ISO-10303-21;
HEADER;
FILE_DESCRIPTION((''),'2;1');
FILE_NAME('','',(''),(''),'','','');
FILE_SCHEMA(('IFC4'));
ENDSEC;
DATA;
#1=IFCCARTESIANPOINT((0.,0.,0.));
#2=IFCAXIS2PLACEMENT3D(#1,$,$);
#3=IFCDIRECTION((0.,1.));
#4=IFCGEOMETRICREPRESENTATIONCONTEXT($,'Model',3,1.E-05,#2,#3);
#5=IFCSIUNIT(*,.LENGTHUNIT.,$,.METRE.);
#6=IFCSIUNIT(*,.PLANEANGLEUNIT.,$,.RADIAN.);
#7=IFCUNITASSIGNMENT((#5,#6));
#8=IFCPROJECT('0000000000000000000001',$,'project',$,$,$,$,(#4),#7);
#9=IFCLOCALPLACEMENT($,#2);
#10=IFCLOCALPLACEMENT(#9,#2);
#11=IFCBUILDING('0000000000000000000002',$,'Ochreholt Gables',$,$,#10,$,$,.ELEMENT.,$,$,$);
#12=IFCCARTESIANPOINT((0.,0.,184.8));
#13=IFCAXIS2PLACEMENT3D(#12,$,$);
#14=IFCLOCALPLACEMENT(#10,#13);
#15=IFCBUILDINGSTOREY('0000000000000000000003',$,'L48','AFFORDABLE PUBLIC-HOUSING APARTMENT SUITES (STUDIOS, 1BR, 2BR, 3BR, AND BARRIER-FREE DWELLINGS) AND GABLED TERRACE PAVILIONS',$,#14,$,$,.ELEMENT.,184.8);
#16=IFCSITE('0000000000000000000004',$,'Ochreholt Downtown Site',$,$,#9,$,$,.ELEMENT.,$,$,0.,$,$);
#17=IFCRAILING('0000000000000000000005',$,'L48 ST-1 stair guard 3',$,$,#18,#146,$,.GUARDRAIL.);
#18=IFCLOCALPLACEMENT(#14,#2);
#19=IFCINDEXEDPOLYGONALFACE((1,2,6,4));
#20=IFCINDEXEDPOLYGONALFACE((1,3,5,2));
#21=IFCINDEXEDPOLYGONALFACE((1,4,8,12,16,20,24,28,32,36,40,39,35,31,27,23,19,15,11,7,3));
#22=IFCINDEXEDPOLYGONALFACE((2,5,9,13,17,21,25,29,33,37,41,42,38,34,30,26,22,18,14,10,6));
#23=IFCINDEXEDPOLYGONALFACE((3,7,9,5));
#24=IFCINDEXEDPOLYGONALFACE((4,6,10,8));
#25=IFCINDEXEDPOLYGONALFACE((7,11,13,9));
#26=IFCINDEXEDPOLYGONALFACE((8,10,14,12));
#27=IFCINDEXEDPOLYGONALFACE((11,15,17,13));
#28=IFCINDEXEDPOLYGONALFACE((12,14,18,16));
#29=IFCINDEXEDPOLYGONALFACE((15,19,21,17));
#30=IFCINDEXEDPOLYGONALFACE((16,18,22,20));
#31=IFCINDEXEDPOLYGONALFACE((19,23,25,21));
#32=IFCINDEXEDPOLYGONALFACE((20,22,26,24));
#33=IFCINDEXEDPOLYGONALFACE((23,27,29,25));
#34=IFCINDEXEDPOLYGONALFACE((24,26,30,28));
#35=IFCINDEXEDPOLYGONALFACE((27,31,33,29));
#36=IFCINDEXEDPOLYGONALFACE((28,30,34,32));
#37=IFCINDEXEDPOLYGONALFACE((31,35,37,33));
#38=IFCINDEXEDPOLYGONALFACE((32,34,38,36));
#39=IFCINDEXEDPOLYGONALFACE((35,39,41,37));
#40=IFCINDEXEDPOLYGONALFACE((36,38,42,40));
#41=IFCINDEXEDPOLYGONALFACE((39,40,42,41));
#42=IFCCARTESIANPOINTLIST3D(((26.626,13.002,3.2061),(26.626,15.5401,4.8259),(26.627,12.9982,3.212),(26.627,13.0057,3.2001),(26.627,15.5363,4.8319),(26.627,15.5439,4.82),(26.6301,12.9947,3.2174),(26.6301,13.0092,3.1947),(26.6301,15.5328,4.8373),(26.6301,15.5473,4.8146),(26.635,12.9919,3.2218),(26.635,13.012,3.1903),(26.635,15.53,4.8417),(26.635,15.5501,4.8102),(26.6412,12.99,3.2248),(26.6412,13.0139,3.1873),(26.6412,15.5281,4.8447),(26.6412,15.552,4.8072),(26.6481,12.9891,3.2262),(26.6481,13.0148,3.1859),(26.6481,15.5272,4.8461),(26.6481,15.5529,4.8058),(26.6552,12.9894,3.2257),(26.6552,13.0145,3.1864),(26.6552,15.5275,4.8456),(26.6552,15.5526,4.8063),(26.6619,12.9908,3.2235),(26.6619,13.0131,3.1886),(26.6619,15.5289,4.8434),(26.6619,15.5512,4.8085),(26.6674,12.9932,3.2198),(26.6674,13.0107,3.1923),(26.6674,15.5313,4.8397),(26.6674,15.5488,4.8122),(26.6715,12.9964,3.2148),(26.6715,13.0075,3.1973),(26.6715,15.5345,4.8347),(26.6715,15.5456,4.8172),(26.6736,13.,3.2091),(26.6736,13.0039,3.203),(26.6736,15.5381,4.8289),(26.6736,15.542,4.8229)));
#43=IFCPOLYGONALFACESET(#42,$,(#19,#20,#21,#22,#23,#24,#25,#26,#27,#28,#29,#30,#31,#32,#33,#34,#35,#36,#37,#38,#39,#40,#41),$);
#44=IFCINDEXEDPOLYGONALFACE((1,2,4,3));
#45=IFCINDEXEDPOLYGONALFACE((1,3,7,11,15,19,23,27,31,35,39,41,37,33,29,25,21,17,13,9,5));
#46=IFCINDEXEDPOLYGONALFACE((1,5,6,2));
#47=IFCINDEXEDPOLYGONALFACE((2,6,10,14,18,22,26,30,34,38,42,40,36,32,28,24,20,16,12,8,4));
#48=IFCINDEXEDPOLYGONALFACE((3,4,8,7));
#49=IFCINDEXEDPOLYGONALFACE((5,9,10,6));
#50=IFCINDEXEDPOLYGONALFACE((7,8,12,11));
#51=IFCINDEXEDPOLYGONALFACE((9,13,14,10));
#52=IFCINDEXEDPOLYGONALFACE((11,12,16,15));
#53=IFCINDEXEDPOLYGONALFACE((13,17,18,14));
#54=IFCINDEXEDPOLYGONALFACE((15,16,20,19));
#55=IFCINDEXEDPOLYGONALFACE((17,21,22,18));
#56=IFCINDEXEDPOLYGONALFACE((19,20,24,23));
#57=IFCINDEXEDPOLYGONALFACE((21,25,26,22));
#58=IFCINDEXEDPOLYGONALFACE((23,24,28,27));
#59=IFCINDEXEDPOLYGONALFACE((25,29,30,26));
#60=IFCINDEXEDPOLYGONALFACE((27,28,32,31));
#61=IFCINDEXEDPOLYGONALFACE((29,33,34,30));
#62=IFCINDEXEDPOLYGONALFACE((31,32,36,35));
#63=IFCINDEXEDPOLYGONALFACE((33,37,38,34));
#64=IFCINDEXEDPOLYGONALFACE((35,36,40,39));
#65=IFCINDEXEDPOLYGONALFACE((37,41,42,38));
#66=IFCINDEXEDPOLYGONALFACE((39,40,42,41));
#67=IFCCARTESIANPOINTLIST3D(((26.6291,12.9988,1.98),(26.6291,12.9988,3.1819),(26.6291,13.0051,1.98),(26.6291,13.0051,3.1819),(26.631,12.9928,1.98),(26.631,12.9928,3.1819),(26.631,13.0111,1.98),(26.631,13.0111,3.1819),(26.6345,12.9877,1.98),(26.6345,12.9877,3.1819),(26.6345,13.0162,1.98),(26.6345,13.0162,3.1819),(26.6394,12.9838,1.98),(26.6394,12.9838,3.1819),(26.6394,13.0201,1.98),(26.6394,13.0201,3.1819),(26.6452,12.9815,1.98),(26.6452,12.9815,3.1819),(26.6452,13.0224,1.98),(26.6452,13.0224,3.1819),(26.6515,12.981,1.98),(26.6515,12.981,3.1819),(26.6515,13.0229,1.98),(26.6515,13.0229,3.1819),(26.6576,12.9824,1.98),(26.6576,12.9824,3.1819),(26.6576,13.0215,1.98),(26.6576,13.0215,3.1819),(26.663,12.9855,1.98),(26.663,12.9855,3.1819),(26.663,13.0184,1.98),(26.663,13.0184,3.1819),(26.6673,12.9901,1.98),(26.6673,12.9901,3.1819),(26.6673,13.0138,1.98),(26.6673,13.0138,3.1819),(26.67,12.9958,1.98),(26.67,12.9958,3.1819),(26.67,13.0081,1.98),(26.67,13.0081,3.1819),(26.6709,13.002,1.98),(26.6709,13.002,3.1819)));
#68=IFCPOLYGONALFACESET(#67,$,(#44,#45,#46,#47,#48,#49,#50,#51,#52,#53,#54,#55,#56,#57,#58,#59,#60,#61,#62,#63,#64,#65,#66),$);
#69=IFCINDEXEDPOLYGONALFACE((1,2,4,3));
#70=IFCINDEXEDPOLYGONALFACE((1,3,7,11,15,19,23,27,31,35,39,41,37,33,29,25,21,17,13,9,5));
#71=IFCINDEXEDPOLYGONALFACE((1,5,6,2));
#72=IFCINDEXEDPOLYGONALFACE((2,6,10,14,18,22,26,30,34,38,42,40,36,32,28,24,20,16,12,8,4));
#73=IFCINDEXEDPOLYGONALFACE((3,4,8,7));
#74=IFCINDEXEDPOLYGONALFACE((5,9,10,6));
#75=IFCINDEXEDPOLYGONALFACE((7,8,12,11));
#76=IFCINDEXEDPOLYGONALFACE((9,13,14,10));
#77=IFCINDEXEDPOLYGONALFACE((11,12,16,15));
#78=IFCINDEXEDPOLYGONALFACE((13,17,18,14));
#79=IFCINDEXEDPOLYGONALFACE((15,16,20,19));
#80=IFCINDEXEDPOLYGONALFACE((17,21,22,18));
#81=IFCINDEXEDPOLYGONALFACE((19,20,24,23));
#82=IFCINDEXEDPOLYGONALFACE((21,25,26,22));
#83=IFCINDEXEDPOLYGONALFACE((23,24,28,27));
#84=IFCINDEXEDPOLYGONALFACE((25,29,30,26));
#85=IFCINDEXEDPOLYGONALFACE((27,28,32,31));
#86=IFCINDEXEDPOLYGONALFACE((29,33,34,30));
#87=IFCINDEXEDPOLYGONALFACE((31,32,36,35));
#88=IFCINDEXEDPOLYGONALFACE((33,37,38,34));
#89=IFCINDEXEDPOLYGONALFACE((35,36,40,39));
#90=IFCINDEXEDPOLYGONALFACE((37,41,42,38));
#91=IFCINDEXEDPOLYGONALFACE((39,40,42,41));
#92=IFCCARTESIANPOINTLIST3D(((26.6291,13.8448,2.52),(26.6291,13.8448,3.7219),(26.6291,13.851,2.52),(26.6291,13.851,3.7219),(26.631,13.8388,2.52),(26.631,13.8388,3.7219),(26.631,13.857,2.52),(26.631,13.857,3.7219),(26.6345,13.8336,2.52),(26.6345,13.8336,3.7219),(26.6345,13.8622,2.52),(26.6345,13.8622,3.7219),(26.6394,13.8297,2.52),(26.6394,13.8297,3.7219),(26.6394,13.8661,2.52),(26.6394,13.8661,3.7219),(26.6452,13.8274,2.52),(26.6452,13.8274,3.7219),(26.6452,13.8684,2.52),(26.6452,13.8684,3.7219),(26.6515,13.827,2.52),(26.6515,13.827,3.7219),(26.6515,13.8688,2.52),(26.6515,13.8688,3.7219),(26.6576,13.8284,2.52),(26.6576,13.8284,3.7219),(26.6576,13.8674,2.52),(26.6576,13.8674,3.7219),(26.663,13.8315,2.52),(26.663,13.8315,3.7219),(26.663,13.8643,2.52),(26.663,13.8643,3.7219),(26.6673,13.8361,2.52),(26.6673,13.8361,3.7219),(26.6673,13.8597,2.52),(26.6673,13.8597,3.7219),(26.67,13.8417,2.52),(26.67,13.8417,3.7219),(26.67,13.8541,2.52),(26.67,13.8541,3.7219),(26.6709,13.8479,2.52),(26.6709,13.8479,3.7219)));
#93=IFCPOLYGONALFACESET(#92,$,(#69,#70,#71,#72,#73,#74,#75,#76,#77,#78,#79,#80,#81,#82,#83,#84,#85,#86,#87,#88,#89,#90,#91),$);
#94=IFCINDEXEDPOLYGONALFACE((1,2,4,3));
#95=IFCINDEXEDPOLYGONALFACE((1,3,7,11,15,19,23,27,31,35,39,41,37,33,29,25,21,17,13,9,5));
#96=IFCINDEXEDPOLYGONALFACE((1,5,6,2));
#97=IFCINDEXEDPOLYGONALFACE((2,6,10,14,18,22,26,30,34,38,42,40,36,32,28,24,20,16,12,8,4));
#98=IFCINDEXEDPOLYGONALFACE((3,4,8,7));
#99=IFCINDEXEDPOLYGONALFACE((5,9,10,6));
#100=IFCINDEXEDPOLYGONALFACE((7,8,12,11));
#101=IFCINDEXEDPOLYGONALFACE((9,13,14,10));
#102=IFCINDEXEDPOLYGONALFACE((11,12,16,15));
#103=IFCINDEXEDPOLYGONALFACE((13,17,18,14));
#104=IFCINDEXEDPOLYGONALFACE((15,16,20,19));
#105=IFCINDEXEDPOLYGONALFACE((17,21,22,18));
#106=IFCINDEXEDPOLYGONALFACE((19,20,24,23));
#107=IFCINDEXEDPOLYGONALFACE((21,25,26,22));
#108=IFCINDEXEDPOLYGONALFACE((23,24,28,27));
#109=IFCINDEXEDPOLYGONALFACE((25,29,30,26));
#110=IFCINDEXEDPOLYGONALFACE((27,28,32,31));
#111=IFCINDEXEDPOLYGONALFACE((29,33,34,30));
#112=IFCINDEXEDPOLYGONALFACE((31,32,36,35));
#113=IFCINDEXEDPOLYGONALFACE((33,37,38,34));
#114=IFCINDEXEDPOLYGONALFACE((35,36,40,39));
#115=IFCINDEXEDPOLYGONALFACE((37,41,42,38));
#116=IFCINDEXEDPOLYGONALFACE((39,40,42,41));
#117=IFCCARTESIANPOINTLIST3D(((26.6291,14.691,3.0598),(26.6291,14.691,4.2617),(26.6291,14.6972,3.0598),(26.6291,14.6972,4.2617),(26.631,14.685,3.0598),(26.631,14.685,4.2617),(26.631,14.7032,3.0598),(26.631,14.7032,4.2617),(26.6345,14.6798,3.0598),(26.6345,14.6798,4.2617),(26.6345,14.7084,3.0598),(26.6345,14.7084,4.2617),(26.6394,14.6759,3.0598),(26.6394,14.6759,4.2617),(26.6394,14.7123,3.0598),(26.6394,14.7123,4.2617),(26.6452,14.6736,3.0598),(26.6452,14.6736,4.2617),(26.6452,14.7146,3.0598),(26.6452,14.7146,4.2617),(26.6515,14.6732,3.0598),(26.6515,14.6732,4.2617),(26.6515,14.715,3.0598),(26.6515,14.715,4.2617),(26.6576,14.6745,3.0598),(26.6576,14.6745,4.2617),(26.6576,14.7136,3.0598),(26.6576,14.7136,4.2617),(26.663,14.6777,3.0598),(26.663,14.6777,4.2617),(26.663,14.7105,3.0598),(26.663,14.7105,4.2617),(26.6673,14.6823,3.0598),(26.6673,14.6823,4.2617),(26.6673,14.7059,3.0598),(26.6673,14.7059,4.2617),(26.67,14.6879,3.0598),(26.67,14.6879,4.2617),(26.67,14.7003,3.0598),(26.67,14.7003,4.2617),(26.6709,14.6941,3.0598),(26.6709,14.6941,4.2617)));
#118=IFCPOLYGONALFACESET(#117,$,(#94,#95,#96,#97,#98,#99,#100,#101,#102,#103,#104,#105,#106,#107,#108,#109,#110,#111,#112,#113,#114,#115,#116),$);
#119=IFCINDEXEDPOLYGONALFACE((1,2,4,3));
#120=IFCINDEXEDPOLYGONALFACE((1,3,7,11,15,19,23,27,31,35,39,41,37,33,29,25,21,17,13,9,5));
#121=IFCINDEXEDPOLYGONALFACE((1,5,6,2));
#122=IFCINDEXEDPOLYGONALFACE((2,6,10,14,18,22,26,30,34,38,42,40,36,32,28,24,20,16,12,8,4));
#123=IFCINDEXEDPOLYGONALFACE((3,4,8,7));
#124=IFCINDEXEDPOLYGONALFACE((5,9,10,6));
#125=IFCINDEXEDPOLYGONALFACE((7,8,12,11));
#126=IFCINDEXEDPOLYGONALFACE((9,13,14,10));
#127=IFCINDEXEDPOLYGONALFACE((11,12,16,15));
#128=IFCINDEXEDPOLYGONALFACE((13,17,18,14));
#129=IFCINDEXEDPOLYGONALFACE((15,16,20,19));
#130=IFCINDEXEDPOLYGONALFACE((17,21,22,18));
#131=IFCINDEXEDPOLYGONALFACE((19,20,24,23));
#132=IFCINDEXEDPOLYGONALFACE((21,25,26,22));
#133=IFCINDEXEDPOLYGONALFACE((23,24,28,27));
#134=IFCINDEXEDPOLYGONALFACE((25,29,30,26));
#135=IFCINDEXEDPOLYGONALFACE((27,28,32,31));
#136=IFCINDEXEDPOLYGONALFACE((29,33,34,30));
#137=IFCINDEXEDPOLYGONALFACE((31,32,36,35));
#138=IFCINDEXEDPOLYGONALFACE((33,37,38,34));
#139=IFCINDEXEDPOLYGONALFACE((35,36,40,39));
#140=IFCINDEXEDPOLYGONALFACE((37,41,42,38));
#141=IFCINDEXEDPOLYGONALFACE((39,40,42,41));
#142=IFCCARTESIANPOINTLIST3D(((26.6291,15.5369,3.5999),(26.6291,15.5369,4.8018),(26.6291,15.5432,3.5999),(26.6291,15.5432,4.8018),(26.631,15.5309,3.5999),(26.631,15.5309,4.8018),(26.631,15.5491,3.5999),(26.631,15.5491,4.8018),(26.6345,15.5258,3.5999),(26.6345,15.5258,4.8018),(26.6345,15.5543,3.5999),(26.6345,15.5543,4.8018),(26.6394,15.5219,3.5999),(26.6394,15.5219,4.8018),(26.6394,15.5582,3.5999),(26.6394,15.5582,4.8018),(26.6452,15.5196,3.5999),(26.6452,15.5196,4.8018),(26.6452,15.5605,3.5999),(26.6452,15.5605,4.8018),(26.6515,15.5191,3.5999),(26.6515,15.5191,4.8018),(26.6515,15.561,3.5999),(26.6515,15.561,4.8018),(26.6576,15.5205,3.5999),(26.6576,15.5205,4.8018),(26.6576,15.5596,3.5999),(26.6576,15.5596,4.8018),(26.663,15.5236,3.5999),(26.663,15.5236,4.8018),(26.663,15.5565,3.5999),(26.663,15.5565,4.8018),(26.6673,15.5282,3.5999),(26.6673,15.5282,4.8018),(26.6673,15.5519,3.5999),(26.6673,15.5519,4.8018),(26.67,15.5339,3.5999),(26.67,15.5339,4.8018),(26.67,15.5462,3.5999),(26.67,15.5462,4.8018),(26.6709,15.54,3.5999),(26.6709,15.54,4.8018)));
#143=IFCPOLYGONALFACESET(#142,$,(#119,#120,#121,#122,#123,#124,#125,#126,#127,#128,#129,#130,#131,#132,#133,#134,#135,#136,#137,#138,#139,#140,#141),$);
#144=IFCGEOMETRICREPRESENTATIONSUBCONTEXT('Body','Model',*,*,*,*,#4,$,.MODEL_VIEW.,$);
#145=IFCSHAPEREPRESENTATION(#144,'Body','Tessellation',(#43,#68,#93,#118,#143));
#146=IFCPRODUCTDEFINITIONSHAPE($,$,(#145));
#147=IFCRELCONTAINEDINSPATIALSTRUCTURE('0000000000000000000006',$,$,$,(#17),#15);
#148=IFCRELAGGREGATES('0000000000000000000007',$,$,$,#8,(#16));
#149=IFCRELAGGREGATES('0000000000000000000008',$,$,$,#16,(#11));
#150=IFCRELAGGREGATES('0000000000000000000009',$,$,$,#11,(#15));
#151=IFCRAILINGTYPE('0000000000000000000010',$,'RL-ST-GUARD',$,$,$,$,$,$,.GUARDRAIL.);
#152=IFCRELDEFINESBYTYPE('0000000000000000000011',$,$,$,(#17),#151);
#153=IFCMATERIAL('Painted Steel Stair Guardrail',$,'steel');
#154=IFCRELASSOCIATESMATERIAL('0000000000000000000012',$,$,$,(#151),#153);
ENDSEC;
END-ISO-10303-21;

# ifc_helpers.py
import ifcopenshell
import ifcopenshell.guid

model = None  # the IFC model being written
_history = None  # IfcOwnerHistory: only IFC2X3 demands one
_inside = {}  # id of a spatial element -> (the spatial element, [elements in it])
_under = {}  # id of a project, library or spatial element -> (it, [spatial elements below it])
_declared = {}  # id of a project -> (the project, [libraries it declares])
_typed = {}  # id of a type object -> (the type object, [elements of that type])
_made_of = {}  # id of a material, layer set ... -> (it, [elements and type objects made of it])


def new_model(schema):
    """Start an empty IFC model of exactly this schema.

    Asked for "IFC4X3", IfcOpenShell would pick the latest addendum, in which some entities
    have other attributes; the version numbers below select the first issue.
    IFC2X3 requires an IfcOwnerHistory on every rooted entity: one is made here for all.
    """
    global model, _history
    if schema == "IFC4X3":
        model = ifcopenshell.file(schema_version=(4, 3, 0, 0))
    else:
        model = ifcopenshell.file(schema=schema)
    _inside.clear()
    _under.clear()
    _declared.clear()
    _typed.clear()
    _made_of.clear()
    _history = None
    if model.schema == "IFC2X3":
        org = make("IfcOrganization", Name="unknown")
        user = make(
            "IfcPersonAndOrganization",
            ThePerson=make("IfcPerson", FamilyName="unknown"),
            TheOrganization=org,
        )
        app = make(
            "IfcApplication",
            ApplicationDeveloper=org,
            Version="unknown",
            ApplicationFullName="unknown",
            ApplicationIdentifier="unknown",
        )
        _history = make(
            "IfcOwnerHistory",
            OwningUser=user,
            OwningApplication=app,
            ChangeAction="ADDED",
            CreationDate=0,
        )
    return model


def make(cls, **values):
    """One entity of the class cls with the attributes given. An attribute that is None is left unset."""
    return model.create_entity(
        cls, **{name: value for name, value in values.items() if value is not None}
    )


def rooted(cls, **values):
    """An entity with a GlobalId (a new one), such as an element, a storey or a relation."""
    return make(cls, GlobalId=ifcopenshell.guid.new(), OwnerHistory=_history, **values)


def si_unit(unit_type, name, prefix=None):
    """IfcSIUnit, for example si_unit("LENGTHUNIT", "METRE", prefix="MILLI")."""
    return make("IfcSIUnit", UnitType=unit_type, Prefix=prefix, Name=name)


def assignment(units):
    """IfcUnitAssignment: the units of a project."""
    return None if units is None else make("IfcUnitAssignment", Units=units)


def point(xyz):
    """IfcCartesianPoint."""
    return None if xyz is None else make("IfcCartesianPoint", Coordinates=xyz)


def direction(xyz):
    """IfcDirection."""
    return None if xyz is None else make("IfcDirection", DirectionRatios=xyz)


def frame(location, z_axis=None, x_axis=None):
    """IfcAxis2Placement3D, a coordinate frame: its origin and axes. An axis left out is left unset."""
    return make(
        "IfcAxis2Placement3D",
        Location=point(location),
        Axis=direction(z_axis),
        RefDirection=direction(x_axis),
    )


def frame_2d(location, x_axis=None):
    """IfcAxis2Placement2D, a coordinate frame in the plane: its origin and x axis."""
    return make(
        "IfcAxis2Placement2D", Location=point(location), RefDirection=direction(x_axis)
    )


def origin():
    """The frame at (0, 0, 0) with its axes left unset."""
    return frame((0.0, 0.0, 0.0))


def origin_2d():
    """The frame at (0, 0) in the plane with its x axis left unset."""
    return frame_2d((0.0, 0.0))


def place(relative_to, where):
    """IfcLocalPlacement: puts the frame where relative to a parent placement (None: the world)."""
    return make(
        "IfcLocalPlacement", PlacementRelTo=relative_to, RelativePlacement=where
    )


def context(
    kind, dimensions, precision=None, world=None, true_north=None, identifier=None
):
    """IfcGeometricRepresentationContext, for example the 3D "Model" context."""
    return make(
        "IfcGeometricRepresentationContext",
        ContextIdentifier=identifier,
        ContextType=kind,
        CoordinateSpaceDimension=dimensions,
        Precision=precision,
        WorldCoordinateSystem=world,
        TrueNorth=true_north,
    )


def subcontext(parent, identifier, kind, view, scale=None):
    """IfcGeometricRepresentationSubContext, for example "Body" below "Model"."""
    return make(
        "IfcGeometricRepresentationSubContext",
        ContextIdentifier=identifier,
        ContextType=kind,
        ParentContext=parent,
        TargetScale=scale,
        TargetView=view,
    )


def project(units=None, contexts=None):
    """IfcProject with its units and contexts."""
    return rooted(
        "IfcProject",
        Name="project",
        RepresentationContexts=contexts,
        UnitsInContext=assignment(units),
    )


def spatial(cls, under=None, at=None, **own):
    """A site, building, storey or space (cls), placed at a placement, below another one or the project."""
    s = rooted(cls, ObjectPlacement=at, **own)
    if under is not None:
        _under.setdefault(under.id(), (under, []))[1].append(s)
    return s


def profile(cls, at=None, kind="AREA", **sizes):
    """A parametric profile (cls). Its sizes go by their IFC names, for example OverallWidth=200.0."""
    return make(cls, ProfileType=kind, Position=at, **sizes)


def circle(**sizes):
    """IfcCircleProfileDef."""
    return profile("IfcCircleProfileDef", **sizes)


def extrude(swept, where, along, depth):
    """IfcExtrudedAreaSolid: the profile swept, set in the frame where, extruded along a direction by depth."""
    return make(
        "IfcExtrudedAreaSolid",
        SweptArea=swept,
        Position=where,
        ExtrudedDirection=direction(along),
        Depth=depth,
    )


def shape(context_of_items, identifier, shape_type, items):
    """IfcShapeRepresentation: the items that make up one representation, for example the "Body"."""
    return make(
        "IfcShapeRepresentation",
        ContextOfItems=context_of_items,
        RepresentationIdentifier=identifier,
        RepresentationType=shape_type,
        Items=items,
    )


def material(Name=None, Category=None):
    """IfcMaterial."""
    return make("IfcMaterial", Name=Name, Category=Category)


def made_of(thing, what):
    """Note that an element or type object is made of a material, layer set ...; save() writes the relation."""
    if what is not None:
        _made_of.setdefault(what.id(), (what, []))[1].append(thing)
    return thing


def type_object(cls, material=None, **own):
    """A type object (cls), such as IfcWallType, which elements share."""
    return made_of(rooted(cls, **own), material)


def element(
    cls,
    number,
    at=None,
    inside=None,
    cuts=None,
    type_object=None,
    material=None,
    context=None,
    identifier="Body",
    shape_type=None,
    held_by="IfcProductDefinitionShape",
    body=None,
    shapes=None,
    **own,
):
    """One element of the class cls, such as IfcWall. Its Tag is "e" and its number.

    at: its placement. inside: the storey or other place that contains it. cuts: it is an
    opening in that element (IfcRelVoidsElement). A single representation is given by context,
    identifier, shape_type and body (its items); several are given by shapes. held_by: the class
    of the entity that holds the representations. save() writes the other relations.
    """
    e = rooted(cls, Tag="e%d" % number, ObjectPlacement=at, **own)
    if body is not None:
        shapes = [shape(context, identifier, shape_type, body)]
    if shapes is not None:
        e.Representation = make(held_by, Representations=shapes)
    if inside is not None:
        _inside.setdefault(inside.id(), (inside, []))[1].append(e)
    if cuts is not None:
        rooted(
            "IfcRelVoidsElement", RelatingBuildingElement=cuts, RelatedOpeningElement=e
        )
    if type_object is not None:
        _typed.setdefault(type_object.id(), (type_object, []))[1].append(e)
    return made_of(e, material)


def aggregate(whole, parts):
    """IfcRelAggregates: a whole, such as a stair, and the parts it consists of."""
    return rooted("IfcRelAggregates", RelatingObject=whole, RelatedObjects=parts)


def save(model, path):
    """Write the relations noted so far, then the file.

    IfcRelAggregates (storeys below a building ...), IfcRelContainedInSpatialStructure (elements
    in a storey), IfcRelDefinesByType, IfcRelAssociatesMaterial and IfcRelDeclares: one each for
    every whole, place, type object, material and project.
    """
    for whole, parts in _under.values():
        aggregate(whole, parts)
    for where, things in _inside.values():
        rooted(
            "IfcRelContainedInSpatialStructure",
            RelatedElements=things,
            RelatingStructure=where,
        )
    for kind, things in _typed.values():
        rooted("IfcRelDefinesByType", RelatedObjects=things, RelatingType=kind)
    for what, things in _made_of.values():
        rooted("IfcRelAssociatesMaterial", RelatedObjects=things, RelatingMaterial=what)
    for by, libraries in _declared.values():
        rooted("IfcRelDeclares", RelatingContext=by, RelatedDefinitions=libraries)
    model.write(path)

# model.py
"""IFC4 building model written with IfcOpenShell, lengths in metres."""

from ifc_helpers import new_model, si_unit, direction, frame, origin, origin_2d, place, context, subcontext, project, spatial, circle, extrude, material, type_object, element, save


model = new_model("IFC4")

# Units and contexts
model_context = context("Model", 3, precision=1e-05, world=origin(), true_north=direction((0.0, 1.0)))
body_context = subcontext(model_context, "Body", "Model", "MODEL_VIEW")
ifc_project = project(units=[si_unit("LENGTHUNIT", "METRE"), si_unit("PLANEANGLEUNIT", "RADIAN")], contexts=[model_context])

# Site, building, storey
site_placement = place(None, origin())
site = spatial("IfcSite", under=ifc_project, at=site_placement, Name="Ochreholt Downtown Site", CompositionType="ELEMENT", RefElevation=0.0)
building_placement = place(site_placement, origin())
building = spatial("IfcBuilding", under=site, at=building_placement, Name="Ochreholt Gables", CompositionType="ELEMENT")
storey_placement = place(building_placement, frame((0.0, 0.0, 184.8)))
storey = spatial("IfcBuildingStorey", under=building, at=storey_placement, Name="L48", Description="AFFORDABLE PUBLIC-HOUSING APARTMENT SUITES (STUDIOS, 1BR, 2BR, 3BR, AND BARRIER-FREE DWELLINGS) AND GABLED TERRACE PAVILIONS", CompositionType="ELEMENT", Elevation=184.8)

# Railing
ifc_material_1 = material(Name="Painted Steel Stair Guardrail", Category="steel")
railing_type_1 = type_object("IfcRailingType", Name="RL-ST-GUARD", PredefinedType="GUARDRAIL", material=ifc_material_1)
railing_1_placement = place(storey_placement, frame((26.6499, 13.002, 1.98)))
element("IfcRailing", 1, at=railing_1_placement, inside=storey, type_object=railing_type_1, Name="L48 ST-1 stair guard 3", PredefinedType="GUARDRAIL", context=body_context, shape_type="SweptSolid", body=[
    extrude(circle(Radius=0.0239, at=origin_2d()), frame((0.0, 0.0, 1.2261), z_axis=(0.0, 0.84295, 0.537993), x_axis=(-1.0, 0.0, 0.0)), (0.0, 0.0, 1.0), 3.011),
    extrude(circle(Radius=0.021, at=origin_2d()), origin(), (0.0, 0.0, 1.0), 1.2019),
    extrude(circle(Radius=0.021, at=origin_2d()), frame((0.0, 0.8459, 0.54)), (0.0, 0.0, 1.0), 1.2019),
    extrude(circle(Radius=0.021, at=origin_2d()), frame((0.0, 1.6921, 1.0798)), (0.0, 0.0, 1.0), 1.2019),
    extrude(circle(Radius=0.021, at=origin_2d()), frame((0.0, 2.5381, 1.6199)), (0.0, 0.0, 1.0), 1.2019),
])

save(model, "model.ifc")
